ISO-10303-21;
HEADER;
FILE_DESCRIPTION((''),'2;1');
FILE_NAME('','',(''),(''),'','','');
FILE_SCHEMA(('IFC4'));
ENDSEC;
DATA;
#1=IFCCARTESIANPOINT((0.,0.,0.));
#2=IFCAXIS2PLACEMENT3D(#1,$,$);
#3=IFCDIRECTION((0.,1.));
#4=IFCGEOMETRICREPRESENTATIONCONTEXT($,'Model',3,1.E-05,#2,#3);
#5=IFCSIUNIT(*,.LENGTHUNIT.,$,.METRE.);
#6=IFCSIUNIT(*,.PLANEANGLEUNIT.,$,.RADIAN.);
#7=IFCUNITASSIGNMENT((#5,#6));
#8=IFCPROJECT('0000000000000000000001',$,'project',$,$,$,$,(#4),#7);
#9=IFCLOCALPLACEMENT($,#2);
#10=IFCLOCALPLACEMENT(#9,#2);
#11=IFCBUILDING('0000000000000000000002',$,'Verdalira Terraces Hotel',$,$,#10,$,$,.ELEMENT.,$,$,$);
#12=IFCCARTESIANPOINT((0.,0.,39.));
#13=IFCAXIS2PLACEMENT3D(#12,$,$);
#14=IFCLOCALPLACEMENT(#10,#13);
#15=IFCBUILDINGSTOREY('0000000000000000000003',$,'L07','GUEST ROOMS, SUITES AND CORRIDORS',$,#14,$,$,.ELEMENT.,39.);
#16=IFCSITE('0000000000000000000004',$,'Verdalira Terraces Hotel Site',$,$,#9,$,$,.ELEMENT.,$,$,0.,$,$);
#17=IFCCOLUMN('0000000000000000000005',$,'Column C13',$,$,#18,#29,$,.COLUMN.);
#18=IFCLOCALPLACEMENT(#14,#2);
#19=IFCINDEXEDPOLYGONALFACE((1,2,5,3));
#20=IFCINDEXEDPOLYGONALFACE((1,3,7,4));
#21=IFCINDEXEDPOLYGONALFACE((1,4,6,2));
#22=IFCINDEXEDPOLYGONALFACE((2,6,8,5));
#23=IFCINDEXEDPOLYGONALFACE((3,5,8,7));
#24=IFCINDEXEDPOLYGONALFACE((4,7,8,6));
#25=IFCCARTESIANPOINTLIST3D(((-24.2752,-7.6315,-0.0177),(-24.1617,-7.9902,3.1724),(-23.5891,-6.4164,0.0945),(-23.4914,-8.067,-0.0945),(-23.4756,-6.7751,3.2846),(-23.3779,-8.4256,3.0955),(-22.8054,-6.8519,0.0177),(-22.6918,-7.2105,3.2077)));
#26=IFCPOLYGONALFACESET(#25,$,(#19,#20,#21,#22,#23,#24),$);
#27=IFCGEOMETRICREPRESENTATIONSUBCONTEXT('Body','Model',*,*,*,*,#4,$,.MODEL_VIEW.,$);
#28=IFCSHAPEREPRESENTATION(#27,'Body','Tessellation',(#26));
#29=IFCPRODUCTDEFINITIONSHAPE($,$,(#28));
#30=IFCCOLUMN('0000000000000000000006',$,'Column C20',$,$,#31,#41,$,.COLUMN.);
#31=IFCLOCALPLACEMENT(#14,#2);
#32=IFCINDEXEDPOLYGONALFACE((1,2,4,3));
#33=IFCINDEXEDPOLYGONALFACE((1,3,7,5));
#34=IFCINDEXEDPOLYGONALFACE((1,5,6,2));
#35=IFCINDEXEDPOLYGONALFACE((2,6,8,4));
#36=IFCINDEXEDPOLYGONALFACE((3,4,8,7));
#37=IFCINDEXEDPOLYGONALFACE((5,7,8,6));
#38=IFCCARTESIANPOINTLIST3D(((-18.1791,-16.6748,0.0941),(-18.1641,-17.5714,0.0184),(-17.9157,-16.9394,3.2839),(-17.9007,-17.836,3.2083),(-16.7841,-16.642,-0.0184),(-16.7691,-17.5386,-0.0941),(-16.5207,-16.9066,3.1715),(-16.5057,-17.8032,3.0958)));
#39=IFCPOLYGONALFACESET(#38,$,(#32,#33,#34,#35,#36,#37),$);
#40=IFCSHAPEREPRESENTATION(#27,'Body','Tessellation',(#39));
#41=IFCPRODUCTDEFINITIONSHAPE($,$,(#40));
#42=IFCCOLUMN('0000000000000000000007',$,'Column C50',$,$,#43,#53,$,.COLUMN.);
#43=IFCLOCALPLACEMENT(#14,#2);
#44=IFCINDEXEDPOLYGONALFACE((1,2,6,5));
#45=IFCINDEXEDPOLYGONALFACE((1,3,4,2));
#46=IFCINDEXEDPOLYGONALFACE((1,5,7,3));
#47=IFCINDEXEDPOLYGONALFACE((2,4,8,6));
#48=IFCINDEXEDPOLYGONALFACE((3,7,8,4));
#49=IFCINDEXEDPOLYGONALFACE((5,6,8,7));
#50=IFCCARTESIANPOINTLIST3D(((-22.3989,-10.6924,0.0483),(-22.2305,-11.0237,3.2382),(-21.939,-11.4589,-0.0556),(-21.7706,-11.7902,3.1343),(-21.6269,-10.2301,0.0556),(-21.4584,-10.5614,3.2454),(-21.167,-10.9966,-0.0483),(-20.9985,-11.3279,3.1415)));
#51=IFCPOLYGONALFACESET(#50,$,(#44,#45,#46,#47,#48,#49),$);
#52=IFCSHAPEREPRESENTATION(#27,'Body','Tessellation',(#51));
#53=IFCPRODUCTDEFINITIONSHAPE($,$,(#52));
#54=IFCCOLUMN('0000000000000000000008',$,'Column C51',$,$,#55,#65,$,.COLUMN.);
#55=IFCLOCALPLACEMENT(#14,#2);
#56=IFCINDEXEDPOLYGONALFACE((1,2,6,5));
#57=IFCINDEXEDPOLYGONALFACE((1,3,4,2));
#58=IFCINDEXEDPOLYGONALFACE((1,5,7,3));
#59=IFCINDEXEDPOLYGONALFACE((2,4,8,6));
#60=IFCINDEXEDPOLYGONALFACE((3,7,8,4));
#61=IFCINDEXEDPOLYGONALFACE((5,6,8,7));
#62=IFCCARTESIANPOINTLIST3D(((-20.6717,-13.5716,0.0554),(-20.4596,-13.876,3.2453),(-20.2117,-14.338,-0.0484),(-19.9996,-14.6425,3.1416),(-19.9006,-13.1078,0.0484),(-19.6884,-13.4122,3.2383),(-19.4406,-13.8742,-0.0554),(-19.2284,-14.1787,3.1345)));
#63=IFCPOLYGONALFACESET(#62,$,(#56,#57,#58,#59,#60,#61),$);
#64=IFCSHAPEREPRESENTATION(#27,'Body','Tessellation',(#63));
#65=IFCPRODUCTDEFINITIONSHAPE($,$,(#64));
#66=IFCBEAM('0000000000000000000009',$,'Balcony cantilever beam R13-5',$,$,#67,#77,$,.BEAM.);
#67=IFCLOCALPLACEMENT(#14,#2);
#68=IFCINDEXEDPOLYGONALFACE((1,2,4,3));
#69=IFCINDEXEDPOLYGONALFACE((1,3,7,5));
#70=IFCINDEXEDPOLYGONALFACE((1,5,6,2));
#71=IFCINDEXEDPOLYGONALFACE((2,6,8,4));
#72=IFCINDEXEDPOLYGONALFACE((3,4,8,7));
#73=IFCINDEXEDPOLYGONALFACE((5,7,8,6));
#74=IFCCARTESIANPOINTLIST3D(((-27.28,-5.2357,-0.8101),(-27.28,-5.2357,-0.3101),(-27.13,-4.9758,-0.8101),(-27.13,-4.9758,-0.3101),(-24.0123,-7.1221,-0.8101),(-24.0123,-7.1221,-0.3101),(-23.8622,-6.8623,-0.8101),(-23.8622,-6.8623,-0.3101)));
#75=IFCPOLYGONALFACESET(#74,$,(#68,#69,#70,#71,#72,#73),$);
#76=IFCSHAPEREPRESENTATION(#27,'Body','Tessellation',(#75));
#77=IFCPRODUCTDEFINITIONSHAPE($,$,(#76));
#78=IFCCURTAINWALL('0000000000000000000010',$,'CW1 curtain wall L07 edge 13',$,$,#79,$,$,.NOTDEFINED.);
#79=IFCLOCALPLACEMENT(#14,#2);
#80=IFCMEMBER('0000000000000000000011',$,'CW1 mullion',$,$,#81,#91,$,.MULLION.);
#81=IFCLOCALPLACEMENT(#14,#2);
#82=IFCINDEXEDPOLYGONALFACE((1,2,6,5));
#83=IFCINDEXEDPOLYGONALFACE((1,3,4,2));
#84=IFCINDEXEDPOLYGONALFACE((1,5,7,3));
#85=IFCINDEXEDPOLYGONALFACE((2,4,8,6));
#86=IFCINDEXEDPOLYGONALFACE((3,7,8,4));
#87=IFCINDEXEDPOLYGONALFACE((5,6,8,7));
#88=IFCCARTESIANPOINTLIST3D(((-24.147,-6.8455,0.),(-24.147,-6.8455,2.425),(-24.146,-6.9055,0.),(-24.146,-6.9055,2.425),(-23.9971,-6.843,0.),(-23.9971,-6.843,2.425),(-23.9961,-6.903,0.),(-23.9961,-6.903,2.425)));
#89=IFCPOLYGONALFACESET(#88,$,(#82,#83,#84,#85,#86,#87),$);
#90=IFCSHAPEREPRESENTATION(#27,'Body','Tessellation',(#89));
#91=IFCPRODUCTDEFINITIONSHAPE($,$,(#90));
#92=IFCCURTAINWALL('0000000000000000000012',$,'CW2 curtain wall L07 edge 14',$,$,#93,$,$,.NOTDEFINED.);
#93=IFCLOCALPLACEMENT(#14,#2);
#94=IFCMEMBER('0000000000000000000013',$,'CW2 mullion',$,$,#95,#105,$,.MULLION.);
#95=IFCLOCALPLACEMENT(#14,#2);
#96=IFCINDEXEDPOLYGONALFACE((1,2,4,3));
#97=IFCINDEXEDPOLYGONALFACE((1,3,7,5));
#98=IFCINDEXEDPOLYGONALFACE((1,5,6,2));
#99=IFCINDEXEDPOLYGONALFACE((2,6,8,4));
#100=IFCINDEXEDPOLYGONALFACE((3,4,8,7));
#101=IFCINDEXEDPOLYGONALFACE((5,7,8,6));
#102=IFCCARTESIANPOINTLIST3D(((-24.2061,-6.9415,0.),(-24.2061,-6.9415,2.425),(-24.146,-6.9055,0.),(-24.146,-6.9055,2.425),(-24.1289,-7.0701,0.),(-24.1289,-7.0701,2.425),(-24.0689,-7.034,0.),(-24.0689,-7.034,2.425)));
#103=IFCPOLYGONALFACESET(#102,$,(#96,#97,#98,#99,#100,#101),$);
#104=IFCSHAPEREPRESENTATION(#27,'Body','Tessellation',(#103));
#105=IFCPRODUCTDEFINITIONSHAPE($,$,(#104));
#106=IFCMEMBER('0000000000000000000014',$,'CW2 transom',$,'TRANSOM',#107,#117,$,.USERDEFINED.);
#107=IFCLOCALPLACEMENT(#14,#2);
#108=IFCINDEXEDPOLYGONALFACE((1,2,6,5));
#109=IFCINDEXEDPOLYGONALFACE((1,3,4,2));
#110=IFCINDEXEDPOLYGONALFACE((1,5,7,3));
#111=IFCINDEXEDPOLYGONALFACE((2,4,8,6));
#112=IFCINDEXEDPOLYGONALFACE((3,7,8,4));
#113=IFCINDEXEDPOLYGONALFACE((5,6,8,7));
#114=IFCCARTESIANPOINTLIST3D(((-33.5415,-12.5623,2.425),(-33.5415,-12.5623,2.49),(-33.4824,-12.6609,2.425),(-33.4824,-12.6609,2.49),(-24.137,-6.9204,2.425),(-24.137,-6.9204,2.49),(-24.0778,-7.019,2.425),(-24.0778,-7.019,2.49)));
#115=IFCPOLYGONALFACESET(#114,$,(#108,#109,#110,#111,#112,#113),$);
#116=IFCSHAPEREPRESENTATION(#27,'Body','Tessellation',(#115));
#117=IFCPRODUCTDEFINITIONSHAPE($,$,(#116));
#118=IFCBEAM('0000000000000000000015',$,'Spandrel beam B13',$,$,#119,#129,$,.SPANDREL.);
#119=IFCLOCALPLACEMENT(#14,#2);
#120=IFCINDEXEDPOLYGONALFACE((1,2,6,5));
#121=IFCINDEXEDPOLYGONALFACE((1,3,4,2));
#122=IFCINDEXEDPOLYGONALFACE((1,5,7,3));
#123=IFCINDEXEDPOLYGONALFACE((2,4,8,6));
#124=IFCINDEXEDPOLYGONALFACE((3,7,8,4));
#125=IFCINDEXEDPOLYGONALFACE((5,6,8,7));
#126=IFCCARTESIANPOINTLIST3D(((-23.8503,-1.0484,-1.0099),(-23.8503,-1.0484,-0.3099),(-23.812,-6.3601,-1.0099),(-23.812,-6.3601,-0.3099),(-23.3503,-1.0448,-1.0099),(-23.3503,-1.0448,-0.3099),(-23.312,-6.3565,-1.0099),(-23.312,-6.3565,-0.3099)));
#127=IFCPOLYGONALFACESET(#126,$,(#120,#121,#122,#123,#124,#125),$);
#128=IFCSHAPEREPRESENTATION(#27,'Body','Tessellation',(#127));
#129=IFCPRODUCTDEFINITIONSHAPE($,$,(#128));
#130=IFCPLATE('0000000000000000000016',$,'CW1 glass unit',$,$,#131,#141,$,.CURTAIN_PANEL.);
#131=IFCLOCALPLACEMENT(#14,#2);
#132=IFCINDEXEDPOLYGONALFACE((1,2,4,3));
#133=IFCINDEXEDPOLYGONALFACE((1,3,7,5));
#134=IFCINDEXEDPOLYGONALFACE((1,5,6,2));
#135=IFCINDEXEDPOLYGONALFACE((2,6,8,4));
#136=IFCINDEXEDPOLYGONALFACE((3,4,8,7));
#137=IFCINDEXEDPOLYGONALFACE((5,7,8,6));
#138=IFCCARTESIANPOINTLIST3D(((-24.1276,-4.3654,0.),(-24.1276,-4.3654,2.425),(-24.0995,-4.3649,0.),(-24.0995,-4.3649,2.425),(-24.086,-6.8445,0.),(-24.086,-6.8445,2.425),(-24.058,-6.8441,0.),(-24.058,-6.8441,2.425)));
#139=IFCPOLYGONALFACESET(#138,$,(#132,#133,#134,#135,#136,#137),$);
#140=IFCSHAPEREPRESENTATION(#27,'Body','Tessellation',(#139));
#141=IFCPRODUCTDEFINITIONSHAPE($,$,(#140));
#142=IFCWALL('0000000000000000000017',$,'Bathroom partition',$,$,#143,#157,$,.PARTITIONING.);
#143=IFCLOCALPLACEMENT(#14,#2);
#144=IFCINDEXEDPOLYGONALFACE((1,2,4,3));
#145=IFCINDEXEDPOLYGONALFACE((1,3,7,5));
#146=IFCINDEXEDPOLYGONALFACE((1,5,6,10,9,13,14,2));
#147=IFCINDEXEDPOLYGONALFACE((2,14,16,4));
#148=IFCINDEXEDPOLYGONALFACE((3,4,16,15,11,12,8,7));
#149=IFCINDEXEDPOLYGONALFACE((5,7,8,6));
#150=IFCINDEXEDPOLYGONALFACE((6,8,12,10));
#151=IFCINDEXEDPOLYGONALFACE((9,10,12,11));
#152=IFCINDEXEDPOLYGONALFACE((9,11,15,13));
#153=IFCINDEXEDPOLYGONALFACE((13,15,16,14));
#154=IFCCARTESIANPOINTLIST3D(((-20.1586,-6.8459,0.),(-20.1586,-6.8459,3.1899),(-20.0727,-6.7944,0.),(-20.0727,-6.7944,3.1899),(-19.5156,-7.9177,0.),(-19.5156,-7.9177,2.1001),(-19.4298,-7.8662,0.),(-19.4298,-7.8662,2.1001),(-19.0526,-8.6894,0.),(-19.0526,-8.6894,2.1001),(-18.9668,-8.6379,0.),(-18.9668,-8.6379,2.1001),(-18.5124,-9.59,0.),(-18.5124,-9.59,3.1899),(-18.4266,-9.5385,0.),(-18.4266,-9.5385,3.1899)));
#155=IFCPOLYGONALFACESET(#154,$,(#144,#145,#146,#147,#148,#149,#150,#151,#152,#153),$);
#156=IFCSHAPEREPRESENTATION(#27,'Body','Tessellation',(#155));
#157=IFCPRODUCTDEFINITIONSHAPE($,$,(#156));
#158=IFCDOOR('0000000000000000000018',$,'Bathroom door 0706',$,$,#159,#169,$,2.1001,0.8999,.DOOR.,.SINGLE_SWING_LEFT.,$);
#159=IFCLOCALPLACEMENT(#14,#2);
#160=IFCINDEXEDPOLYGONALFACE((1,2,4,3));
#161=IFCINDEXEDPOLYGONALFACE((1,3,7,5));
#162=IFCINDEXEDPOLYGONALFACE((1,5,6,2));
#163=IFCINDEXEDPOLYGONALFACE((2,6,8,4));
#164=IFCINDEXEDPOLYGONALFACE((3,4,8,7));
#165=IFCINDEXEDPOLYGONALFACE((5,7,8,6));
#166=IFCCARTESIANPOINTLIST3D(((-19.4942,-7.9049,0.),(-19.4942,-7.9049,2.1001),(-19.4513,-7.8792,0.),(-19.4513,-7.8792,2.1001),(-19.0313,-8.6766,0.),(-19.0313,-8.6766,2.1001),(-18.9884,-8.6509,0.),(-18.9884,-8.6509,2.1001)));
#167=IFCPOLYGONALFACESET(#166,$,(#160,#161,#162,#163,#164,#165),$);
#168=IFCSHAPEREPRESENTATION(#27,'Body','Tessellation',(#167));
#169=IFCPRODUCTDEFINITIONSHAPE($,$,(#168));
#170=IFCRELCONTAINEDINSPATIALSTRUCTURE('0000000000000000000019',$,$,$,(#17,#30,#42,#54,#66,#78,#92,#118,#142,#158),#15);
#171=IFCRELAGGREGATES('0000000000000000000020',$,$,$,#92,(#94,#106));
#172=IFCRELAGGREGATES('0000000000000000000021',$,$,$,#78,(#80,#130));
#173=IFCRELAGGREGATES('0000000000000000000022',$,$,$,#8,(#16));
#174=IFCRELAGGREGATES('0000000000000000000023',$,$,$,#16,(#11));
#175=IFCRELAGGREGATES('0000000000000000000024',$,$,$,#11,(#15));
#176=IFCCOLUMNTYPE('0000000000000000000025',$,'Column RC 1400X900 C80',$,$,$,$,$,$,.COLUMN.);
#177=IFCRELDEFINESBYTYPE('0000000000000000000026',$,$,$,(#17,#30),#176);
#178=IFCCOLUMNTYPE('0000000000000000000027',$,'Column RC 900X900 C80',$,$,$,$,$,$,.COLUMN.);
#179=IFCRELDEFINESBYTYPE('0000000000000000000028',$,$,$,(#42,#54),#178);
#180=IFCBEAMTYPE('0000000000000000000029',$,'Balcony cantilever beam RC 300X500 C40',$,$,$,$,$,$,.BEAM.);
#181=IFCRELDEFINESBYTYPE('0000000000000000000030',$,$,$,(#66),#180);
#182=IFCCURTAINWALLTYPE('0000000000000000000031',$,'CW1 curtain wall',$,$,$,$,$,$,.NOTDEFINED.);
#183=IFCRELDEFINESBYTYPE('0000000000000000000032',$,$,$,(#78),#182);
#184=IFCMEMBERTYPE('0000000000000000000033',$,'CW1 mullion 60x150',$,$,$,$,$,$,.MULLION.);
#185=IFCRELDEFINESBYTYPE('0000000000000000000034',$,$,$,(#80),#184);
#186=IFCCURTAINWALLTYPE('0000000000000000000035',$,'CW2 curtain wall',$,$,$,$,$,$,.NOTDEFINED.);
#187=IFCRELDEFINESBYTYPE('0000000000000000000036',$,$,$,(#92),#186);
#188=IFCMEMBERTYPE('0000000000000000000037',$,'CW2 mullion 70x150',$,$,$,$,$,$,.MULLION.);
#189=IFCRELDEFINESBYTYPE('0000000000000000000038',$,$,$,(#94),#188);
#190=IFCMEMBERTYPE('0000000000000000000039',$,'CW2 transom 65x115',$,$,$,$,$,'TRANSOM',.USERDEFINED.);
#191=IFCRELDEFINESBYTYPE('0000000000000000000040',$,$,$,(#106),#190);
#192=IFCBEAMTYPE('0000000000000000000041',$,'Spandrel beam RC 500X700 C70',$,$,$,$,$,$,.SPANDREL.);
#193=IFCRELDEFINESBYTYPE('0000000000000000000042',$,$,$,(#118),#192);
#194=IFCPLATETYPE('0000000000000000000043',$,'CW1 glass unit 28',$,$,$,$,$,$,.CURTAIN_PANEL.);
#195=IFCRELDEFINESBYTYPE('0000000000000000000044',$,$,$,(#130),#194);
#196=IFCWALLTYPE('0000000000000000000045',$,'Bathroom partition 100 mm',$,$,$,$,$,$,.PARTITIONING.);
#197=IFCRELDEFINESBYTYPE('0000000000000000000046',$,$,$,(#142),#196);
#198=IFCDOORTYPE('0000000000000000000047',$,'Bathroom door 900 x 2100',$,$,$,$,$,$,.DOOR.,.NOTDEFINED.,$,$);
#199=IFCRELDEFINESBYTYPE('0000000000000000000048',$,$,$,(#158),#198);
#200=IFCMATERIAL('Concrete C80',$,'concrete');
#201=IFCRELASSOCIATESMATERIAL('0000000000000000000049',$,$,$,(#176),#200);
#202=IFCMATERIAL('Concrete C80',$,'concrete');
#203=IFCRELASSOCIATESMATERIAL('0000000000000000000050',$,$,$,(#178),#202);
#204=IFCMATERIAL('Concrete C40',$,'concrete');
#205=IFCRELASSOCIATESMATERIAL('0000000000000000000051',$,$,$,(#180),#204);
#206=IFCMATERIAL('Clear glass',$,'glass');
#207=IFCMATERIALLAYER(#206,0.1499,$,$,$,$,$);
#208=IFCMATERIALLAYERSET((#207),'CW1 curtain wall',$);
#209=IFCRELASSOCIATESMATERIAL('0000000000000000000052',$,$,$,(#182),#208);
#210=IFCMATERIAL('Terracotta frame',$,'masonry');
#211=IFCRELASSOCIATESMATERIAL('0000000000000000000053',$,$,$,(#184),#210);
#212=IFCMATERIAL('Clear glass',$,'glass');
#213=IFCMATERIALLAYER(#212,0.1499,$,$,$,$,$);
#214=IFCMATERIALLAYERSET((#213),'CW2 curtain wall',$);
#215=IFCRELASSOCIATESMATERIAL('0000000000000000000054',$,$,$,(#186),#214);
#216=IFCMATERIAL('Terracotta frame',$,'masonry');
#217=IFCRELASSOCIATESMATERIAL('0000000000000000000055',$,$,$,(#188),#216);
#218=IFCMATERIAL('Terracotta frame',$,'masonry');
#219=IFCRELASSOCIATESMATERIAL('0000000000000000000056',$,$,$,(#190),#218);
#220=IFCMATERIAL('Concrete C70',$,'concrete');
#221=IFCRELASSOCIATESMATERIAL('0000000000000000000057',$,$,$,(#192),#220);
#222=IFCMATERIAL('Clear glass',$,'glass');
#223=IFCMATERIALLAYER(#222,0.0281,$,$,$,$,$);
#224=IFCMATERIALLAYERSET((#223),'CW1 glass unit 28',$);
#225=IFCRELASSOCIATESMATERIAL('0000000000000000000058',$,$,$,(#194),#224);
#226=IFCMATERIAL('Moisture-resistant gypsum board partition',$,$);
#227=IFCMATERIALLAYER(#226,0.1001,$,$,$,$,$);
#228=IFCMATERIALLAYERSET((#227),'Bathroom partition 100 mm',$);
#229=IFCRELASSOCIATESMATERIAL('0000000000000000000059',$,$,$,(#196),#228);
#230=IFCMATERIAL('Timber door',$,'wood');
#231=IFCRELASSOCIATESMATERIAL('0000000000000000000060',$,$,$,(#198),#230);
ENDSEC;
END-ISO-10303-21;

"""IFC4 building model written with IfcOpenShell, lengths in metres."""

from ifc_helpers import new_model, si_unit, direction, frame, frame_2d, origin, origin_2d, place, context, subcontext, project, spatial, rectangle, extrude, material, layer, layer_set, material_profile, profile_set, type_object, element, fill, aggregate, save


model = new_model("IFC4")

# Units and contexts
model_context = context("Model", 3, precision=1e-05, world=origin(), true_north=direction((0.0, 1.0)))
body_context = subcontext(model_context, "Body", "Model", "MODEL_VIEW")
ifc_project = project(units=[si_unit("LENGTHUNIT", "METRE"), si_unit("PLANEANGLEUNIT", "RADIAN")], contexts=[model_context])

# Site, building, storey
site_placement = place(None, origin())
site = spatial("IfcSite", under=ifc_project, at=site_placement, Name="Verdalira Terraces Hotel Site", CompositionType="ELEMENT", RefElevation=0.0)
building_placement = place(site_placement, origin())
building = spatial("IfcBuilding", under=site, at=building_placement, Name="Verdalira Terraces Hotel", CompositionType="ELEMENT")
storey_placement = place(building_placement, frame((0.0, 0.0, 39.0)))
storey = spatial("IfcBuildingStorey", under=building, at=storey_placement, Name="L07", Description="GUEST ROOMS, SUITES AND CORRIDORS", CompositionType="ELEMENT", Elevation=39.0)

# Columns
ifc_material_1 = material(Name="Concrete C80", Category="concrete")
ifc_material_profile_1 = material_profile(ifc_material_1, rectangle(XDim=1.3999, YDim=0.8999, at=origin_2d()), Name="RC 1400X900")
ifc_profile_set_1 = profile_set([ifc_material_profile_1], Name="Concrete C80")
column_type_1 = type_object("IfcColumnType", Name="Column RC 1400X900 C80", PredefinedType="COLUMN", material=ifc_profile_set_1)
column_1_placement = place(storey_placement, frame((-23.5403, -7.2417, 0.0), z_axis=(0.035344, -0.111655, 0.993118), x_axis=(0.490078, 0.867986, 0.080146)))
element("IfcColumn", 1, at=column_1_placement, inside=storey, type_object=column_type_1, Name="Column C13", PredefinedType="COLUMN", context=body_context, shape_type="SweptSolid", body=[
    extrude(rectangle(XDim=1.3999, YDim=0.8999, at=origin_2d()), origin(), (0.0, 0.0, 1.0), 3.2122),
])
column_2_placement = place(storey_placement, frame((-17.4741, -17.1067, 0.0), z_axis=(0.082021, -0.082401, 0.993218), x_axis=(-0.996492, -0.023413, 0.080349)))
element("IfcColumn", 2, at=column_2_placement, inside=storey, type_object=column_type_1, Name="Column C20", PredefinedType="COLUMN", context=body_context, shape_type="SweptSolid", body=[
    extrude(rectangle(XDim=1.3999, YDim=0.8999, at=origin_2d()), origin(), (0.0, 0.0, 1.0), 3.2117),
])
ifc_material_2 = material(Name="Concrete C80", Category="concrete")
ifc_material_profile_2 = material_profile(ifc_material_2, rectangle(XDim=0.8999, YDim=0.8999, at=origin_2d()), Name="RC 900X900")
ifc_profile_set_2 = profile_set([ifc_material_profile_2], Name="Concrete C80")
column_type_2 = type_object("IfcColumnType", Name="Column RC 900X900 C80", PredefinedType="COLUMN", material=ifc_profile_set_2)
for number, where, z_axis, x_axis, name in (
    (3, (-21.783, -10.8445, 0.0), (0.052454, -0.103159, 0.993281), (-0.857928, -0.513707, -0.008046), "Column C50"),
    (4, (-20.0562, -13.7229, 0.0), (0.066063, -0.094799, 0.993302), (-0.856936, -0.515364, 0.007808), "Column C51"),
):
    element("IfcColumn", number, at=place(storey_placement, frame(where, z_axis=z_axis, x_axis=x_axis)), inside=storey, type_object=column_type_2, Name=name, PredefinedType="COLUMN", context=body_context, shape_type="SweptSolid", body=[
        extrude(rectangle(XDim=0.8999, YDim=0.8999, at=origin_2d()), origin(), (0.0, 0.0, 1.0), 3.2114),
    ])

# Beam
ifc_material_3 = material(Name="Concrete C40", Category="concrete")
ifc_material_profile_3 = material_profile(ifc_material_3, rectangle(XDim=0.3, YDim=0.5, at=origin_2d()), Name="RC 300X500")
ifc_profile_set_3 = profile_set([ifc_material_profile_3], Name="Concrete C40")
beam_type_1 = type_object("IfcBeamType", Name="Balcony cantilever beam RC 300X500 C40", PredefinedType="BEAM", material=ifc_profile_set_3)
beam_1_placement = place(storey_placement, frame((-23.9373, -6.9922, -0.5601), z_axis=(-0.866049, 0.49996, 0.0), x_axis=(-0.49996, -0.866049, 0.0)))
element("IfcBeam", 5, at=beam_1_placement, inside=storey, type_object=beam_type_1, Name="Balcony cantilever beam R13-5", PredefinedType="BEAM", context=body_context, shape_type="SweptSolid", body=[
    extrude(rectangle(XDim=0.3, YDim=0.5, at=origin_2d()), origin(), (0.0, 0.0, 1.0), 3.7732),
])

# Curtain wall, member
ifc_material_4 = material(Name="Clear glass", Category="glass")
ifc_layer_1 = layer(ifc_material_4, 0.1499)
ifc_layer_set_1 = layer_set([ifc_layer_1], Name="CW1 curtain wall")
curtain_wall_type_1 = type_object("IfcCurtainWallType", Name="CW1 curtain wall", PredefinedType="NOTDEFINED", material=ifc_layer_set_1)
curtain_wall_1_placement = place(storey_placement, origin())
curtain_wall_1 = element("IfcCurtainWall", 6, at=curtain_wall_1_placement, inside=storey, type_object=curtain_wall_type_1, Name="CW1 curtain wall L07 edge 13", PredefinedType="NOTDEFINED")
ifc_material_5 = material(Name="Terracotta frame", Category="masonry")
ifc_material_profile_4 = material_profile(ifc_material_5, rectangle(XDim=0.0601, YDim=0.1499, at=origin_2d()), Name="MU 60x150")
ifc_profile_set_4 = profile_set([ifc_material_profile_4], Name="Terracotta frame")
member_type_1 = type_object("IfcMemberType", Name="CW1 mullion 60x150", PredefinedType="MULLION", material=ifc_profile_set_4)
member_1_placement = place(storey_placement, frame((-24.0715, -6.8743, 0.0), z_axis=(0.0, 0.0, 1.0), x_axis=(0.016754, -0.99986, 0.0)))
member_1 = element("IfcMember", 7, at=member_1_placement, type_object=member_type_1, Name="CW1 mullion", PredefinedType="MULLION", context=body_context, shape_type="SweptSolid", body=[
    extrude(rectangle(XDim=0.0601, YDim=0.1499, at=origin_2d()), origin(), (0.0, 0.0, 1.0), 2.425),
])

# Curtain wall, members
ifc_material_6 = material(Name="Clear glass", Category="glass")
ifc_layer_2 = layer(ifc_material_6, 0.1499)
ifc_layer_set_2 = layer_set([ifc_layer_2], Name="CW2 curtain wall")
curtain_wall_type_2 = type_object("IfcCurtainWallType", Name="CW2 curtain wall", PredefinedType="NOTDEFINED", material=ifc_layer_set_2)
curtain_wall_2_placement = place(storey_placement, origin())
curtain_wall_2 = element("IfcCurtainWall", 8, at=curtain_wall_2_placement, inside=storey, type_object=curtain_wall_type_2, Name="CW2 curtain wall L07 edge 14", PredefinedType="NOTDEFINED")
ifc_material_7 = material(Name="Terracotta frame", Category="masonry")
ifc_material_profile_5 = material_profile(ifc_material_7, rectangle(XDim=0.0701, YDim=0.1499, at=origin_2d()), Name="MU 70x150")
ifc_profile_set_5 = profile_set([ifc_material_profile_5], Name="Terracotta frame")
member_type_2 = type_object("IfcMemberType", Name="CW2 mullion 70x150", PredefinedType="MULLION", material=ifc_profile_set_5)
member_2_placement = place(storey_placement, frame((-24.1375, -6.9878, 0.0), z_axis=(0.0, 0.0, 1.0), x_axis=(-0.857527, -0.51444, 0.0)))
member_2 = element("IfcMember", 9, at=member_2_placement, type_object=member_type_2, Name="CW2 mullion", PredefinedType="MULLION", context=body_context, shape_type="SweptSolid", body=[
    extrude(rectangle(XDim=0.0701, YDim=0.1499, at=origin_2d()), origin(), (0.0, 0.0, 1.0), 2.425),
])
ifc_material_8 = material(Name="Terracotta frame", Category="masonry")
ifc_material_profile_6 = material_profile(ifc_material_8, rectangle(XDim=0.115, YDim=0.0649, at=origin_2d()), Name="TR 65x115")
ifc_profile_set_6 = profile_set([ifc_material_profile_6], Name="Terracotta frame")
member_type_3 = type_object("IfcMemberType", Name="CW2 transom 65x115", ElementType="TRANSOM", PredefinedType="USERDEFINED", material=ifc_profile_set_6)
member_3_placement = place(storey_placement, frame((-24.1074, -6.9697, 2.4575), z_axis=(-0.857528, -0.514437, 0.0), x_axis=(0.514437, -0.857528, 0.0)))
member_3 = element("IfcMember", 10, at=member_3_placement, type_object=member_type_3, Name="CW2 transom", ObjectType="TRANSOM", PredefinedType="USERDEFINED", context=body_context, shape_type="SweptSolid", body=[
    extrude(rectangle(XDim=0.115, YDim=0.0649, at=origin_2d()), origin(), (0.0, 0.0, 1.0), 10.967),
])
aggregate(curtain_wall_2, [member_2, member_3])

# Beam
ifc_material_9 = material(Name="Concrete C70", Category="concrete")
ifc_material_profile_7 = material_profile(ifc_material_9, rectangle(XDim=0.5, YDim=0.7, at=origin_2d()), Name="RC 500X700")
ifc_profile_set_7 = profile_set([ifc_material_profile_7], Name="Concrete C70")
beam_type_2 = type_object("IfcBeamType", Name="Spandrel beam RC 500X700 C70", PredefinedType="SPANDREL", material=ifc_profile_set_7)
beam_2_placement = place(storey_placement, frame((-23.6003, -1.0466, -0.6599), z_axis=(0.007216, -0.999974, 0.0), x_axis=(0.999974, 0.007216, 0.0)))
element("IfcBeam", 11, at=beam_2_placement, inside=storey, type_object=beam_type_2, Name="Spandrel beam B13", PredefinedType="SPANDREL", context=body_context, shape_type="SweptSolid", body=[
    extrude(rectangle(XDim=0.5, YDim=0.7, at=origin_2d()), origin(), (0.0, 0.0, 1.0), 5.3118),
])

# Plate
ifc_material_10 = material(Name="Clear glass", Category="glass")
ifc_layer_3 = layer(ifc_material_10, 0.0281)
ifc_layer_set_3 = layer_set([ifc_layer_3], Name="CW1 glass unit 28")
plate_type = type_object("IfcPlateType", Name="CW1 glass unit 28", PredefinedType="CURTAIN_PANEL", material=ifc_layer_set_3)
plate_placement = place(storey_placement, frame((-24.0928, -5.6047, 0.0), z_axis=(0.0, 0.0, 1.0), x_axis=(0.016754, -0.99986, 0.0)))
plate = element("IfcPlate", 12, at=plate_placement, type_object=plate_type, Name="CW1 glass unit", PredefinedType="CURTAIN_PANEL", context=body_context, shape_type="SweptSolid", body=[
    extrude(rectangle(XDim=2.4795, YDim=0.0281, at=origin_2d()), origin(), (0.0, 0.0, 1.0), 2.425),
])
aggregate(curtain_wall_1, [member_1, plate])

# Wall, opening, door
ifc_material_11 = material(Name="Moisture-resistant gypsum board partition")
ifc_layer_4 = layer(ifc_material_11, 0.1001)
ifc_layer_set_4 = layer_set([ifc_layer_4], Name="Bathroom partition 100 mm")
wall_type_1 = type_object("IfcWallType", Name="Bathroom partition 100 mm", PredefinedType="PARTITIONING", material=ifc_layer_set_4)
wall_1_placement = place(storey_placement, frame((-20.1157, -6.8201, 0.0), z_axis=(0.0, 0.0, 1.0), x_axis=(0.51444, -0.857527, 0.0)))
wall_1 = element("IfcWall", 13, at=wall_1_placement, inside=storey, type_object=wall_type_1, Name="Bathroom partition", PredefinedType="PARTITIONING", context=body_context, shape_type="SweptSolid", body=[
    extrude(rectangle(XDim=3.2, YDim=0.1001, at=frame_2d((1.6001, 0.0))), origin(), (0.0, 0.0, 1.0), 3.1899),
])
opening_1_placement = place(wall_1_placement, frame((1.25, 0.0, 0.0)))
opening_1 = element("IfcOpeningElement", 14, at=opening_1_placement, cuts=wall_1, PredefinedType="OPENING", context=body_context, shape_type="SweptSolid", body=[
    extrude(rectangle(XDim=0.8999, YDim=2.1001, at=frame_2d((0.45, 1.05))), frame((0.0, 0.0601, 0.0), z_axis=(0.0, -1.0, 0.0), x_axis=(1.0, 0.0, 0.0)), (0.0, 0.0, 1.0), 0.1201),
])
ifc_material_12 = material(Name="Timber door", Category="wood")
door_type_1 = type_object("IfcDoorType", Name="Bathroom door 900 x 2100", OperationType="NOTDEFINED", PredefinedType="DOOR", material=ifc_material_12)
door_1_placement = place(opening_1_placement, origin())
door_1 = element("IfcDoor", 15, at=door_1_placement, inside=storey, type_object=door_type_1, Name="Bathroom door 0706", OperationType="SINGLE_SWING_LEFT", OverallHeight=2.1001, OverallWidth=0.8999, PredefinedType="DOOR", context=body_context, shape_type="SweptSolid", body=[
    extrude(rectangle(XDim=0.8999, YDim=2.1001, at=frame_2d((0.45, 1.05))), frame((0.0, 0.0249, 0.0), z_axis=(0.0, -1.0, 0.0), x_axis=(1.0, 0.0, 0.0)), (0.0, 0.0, 1.0), 0.05),
])
fill(opening_1, door_1)

save(model, "model.ifc")
